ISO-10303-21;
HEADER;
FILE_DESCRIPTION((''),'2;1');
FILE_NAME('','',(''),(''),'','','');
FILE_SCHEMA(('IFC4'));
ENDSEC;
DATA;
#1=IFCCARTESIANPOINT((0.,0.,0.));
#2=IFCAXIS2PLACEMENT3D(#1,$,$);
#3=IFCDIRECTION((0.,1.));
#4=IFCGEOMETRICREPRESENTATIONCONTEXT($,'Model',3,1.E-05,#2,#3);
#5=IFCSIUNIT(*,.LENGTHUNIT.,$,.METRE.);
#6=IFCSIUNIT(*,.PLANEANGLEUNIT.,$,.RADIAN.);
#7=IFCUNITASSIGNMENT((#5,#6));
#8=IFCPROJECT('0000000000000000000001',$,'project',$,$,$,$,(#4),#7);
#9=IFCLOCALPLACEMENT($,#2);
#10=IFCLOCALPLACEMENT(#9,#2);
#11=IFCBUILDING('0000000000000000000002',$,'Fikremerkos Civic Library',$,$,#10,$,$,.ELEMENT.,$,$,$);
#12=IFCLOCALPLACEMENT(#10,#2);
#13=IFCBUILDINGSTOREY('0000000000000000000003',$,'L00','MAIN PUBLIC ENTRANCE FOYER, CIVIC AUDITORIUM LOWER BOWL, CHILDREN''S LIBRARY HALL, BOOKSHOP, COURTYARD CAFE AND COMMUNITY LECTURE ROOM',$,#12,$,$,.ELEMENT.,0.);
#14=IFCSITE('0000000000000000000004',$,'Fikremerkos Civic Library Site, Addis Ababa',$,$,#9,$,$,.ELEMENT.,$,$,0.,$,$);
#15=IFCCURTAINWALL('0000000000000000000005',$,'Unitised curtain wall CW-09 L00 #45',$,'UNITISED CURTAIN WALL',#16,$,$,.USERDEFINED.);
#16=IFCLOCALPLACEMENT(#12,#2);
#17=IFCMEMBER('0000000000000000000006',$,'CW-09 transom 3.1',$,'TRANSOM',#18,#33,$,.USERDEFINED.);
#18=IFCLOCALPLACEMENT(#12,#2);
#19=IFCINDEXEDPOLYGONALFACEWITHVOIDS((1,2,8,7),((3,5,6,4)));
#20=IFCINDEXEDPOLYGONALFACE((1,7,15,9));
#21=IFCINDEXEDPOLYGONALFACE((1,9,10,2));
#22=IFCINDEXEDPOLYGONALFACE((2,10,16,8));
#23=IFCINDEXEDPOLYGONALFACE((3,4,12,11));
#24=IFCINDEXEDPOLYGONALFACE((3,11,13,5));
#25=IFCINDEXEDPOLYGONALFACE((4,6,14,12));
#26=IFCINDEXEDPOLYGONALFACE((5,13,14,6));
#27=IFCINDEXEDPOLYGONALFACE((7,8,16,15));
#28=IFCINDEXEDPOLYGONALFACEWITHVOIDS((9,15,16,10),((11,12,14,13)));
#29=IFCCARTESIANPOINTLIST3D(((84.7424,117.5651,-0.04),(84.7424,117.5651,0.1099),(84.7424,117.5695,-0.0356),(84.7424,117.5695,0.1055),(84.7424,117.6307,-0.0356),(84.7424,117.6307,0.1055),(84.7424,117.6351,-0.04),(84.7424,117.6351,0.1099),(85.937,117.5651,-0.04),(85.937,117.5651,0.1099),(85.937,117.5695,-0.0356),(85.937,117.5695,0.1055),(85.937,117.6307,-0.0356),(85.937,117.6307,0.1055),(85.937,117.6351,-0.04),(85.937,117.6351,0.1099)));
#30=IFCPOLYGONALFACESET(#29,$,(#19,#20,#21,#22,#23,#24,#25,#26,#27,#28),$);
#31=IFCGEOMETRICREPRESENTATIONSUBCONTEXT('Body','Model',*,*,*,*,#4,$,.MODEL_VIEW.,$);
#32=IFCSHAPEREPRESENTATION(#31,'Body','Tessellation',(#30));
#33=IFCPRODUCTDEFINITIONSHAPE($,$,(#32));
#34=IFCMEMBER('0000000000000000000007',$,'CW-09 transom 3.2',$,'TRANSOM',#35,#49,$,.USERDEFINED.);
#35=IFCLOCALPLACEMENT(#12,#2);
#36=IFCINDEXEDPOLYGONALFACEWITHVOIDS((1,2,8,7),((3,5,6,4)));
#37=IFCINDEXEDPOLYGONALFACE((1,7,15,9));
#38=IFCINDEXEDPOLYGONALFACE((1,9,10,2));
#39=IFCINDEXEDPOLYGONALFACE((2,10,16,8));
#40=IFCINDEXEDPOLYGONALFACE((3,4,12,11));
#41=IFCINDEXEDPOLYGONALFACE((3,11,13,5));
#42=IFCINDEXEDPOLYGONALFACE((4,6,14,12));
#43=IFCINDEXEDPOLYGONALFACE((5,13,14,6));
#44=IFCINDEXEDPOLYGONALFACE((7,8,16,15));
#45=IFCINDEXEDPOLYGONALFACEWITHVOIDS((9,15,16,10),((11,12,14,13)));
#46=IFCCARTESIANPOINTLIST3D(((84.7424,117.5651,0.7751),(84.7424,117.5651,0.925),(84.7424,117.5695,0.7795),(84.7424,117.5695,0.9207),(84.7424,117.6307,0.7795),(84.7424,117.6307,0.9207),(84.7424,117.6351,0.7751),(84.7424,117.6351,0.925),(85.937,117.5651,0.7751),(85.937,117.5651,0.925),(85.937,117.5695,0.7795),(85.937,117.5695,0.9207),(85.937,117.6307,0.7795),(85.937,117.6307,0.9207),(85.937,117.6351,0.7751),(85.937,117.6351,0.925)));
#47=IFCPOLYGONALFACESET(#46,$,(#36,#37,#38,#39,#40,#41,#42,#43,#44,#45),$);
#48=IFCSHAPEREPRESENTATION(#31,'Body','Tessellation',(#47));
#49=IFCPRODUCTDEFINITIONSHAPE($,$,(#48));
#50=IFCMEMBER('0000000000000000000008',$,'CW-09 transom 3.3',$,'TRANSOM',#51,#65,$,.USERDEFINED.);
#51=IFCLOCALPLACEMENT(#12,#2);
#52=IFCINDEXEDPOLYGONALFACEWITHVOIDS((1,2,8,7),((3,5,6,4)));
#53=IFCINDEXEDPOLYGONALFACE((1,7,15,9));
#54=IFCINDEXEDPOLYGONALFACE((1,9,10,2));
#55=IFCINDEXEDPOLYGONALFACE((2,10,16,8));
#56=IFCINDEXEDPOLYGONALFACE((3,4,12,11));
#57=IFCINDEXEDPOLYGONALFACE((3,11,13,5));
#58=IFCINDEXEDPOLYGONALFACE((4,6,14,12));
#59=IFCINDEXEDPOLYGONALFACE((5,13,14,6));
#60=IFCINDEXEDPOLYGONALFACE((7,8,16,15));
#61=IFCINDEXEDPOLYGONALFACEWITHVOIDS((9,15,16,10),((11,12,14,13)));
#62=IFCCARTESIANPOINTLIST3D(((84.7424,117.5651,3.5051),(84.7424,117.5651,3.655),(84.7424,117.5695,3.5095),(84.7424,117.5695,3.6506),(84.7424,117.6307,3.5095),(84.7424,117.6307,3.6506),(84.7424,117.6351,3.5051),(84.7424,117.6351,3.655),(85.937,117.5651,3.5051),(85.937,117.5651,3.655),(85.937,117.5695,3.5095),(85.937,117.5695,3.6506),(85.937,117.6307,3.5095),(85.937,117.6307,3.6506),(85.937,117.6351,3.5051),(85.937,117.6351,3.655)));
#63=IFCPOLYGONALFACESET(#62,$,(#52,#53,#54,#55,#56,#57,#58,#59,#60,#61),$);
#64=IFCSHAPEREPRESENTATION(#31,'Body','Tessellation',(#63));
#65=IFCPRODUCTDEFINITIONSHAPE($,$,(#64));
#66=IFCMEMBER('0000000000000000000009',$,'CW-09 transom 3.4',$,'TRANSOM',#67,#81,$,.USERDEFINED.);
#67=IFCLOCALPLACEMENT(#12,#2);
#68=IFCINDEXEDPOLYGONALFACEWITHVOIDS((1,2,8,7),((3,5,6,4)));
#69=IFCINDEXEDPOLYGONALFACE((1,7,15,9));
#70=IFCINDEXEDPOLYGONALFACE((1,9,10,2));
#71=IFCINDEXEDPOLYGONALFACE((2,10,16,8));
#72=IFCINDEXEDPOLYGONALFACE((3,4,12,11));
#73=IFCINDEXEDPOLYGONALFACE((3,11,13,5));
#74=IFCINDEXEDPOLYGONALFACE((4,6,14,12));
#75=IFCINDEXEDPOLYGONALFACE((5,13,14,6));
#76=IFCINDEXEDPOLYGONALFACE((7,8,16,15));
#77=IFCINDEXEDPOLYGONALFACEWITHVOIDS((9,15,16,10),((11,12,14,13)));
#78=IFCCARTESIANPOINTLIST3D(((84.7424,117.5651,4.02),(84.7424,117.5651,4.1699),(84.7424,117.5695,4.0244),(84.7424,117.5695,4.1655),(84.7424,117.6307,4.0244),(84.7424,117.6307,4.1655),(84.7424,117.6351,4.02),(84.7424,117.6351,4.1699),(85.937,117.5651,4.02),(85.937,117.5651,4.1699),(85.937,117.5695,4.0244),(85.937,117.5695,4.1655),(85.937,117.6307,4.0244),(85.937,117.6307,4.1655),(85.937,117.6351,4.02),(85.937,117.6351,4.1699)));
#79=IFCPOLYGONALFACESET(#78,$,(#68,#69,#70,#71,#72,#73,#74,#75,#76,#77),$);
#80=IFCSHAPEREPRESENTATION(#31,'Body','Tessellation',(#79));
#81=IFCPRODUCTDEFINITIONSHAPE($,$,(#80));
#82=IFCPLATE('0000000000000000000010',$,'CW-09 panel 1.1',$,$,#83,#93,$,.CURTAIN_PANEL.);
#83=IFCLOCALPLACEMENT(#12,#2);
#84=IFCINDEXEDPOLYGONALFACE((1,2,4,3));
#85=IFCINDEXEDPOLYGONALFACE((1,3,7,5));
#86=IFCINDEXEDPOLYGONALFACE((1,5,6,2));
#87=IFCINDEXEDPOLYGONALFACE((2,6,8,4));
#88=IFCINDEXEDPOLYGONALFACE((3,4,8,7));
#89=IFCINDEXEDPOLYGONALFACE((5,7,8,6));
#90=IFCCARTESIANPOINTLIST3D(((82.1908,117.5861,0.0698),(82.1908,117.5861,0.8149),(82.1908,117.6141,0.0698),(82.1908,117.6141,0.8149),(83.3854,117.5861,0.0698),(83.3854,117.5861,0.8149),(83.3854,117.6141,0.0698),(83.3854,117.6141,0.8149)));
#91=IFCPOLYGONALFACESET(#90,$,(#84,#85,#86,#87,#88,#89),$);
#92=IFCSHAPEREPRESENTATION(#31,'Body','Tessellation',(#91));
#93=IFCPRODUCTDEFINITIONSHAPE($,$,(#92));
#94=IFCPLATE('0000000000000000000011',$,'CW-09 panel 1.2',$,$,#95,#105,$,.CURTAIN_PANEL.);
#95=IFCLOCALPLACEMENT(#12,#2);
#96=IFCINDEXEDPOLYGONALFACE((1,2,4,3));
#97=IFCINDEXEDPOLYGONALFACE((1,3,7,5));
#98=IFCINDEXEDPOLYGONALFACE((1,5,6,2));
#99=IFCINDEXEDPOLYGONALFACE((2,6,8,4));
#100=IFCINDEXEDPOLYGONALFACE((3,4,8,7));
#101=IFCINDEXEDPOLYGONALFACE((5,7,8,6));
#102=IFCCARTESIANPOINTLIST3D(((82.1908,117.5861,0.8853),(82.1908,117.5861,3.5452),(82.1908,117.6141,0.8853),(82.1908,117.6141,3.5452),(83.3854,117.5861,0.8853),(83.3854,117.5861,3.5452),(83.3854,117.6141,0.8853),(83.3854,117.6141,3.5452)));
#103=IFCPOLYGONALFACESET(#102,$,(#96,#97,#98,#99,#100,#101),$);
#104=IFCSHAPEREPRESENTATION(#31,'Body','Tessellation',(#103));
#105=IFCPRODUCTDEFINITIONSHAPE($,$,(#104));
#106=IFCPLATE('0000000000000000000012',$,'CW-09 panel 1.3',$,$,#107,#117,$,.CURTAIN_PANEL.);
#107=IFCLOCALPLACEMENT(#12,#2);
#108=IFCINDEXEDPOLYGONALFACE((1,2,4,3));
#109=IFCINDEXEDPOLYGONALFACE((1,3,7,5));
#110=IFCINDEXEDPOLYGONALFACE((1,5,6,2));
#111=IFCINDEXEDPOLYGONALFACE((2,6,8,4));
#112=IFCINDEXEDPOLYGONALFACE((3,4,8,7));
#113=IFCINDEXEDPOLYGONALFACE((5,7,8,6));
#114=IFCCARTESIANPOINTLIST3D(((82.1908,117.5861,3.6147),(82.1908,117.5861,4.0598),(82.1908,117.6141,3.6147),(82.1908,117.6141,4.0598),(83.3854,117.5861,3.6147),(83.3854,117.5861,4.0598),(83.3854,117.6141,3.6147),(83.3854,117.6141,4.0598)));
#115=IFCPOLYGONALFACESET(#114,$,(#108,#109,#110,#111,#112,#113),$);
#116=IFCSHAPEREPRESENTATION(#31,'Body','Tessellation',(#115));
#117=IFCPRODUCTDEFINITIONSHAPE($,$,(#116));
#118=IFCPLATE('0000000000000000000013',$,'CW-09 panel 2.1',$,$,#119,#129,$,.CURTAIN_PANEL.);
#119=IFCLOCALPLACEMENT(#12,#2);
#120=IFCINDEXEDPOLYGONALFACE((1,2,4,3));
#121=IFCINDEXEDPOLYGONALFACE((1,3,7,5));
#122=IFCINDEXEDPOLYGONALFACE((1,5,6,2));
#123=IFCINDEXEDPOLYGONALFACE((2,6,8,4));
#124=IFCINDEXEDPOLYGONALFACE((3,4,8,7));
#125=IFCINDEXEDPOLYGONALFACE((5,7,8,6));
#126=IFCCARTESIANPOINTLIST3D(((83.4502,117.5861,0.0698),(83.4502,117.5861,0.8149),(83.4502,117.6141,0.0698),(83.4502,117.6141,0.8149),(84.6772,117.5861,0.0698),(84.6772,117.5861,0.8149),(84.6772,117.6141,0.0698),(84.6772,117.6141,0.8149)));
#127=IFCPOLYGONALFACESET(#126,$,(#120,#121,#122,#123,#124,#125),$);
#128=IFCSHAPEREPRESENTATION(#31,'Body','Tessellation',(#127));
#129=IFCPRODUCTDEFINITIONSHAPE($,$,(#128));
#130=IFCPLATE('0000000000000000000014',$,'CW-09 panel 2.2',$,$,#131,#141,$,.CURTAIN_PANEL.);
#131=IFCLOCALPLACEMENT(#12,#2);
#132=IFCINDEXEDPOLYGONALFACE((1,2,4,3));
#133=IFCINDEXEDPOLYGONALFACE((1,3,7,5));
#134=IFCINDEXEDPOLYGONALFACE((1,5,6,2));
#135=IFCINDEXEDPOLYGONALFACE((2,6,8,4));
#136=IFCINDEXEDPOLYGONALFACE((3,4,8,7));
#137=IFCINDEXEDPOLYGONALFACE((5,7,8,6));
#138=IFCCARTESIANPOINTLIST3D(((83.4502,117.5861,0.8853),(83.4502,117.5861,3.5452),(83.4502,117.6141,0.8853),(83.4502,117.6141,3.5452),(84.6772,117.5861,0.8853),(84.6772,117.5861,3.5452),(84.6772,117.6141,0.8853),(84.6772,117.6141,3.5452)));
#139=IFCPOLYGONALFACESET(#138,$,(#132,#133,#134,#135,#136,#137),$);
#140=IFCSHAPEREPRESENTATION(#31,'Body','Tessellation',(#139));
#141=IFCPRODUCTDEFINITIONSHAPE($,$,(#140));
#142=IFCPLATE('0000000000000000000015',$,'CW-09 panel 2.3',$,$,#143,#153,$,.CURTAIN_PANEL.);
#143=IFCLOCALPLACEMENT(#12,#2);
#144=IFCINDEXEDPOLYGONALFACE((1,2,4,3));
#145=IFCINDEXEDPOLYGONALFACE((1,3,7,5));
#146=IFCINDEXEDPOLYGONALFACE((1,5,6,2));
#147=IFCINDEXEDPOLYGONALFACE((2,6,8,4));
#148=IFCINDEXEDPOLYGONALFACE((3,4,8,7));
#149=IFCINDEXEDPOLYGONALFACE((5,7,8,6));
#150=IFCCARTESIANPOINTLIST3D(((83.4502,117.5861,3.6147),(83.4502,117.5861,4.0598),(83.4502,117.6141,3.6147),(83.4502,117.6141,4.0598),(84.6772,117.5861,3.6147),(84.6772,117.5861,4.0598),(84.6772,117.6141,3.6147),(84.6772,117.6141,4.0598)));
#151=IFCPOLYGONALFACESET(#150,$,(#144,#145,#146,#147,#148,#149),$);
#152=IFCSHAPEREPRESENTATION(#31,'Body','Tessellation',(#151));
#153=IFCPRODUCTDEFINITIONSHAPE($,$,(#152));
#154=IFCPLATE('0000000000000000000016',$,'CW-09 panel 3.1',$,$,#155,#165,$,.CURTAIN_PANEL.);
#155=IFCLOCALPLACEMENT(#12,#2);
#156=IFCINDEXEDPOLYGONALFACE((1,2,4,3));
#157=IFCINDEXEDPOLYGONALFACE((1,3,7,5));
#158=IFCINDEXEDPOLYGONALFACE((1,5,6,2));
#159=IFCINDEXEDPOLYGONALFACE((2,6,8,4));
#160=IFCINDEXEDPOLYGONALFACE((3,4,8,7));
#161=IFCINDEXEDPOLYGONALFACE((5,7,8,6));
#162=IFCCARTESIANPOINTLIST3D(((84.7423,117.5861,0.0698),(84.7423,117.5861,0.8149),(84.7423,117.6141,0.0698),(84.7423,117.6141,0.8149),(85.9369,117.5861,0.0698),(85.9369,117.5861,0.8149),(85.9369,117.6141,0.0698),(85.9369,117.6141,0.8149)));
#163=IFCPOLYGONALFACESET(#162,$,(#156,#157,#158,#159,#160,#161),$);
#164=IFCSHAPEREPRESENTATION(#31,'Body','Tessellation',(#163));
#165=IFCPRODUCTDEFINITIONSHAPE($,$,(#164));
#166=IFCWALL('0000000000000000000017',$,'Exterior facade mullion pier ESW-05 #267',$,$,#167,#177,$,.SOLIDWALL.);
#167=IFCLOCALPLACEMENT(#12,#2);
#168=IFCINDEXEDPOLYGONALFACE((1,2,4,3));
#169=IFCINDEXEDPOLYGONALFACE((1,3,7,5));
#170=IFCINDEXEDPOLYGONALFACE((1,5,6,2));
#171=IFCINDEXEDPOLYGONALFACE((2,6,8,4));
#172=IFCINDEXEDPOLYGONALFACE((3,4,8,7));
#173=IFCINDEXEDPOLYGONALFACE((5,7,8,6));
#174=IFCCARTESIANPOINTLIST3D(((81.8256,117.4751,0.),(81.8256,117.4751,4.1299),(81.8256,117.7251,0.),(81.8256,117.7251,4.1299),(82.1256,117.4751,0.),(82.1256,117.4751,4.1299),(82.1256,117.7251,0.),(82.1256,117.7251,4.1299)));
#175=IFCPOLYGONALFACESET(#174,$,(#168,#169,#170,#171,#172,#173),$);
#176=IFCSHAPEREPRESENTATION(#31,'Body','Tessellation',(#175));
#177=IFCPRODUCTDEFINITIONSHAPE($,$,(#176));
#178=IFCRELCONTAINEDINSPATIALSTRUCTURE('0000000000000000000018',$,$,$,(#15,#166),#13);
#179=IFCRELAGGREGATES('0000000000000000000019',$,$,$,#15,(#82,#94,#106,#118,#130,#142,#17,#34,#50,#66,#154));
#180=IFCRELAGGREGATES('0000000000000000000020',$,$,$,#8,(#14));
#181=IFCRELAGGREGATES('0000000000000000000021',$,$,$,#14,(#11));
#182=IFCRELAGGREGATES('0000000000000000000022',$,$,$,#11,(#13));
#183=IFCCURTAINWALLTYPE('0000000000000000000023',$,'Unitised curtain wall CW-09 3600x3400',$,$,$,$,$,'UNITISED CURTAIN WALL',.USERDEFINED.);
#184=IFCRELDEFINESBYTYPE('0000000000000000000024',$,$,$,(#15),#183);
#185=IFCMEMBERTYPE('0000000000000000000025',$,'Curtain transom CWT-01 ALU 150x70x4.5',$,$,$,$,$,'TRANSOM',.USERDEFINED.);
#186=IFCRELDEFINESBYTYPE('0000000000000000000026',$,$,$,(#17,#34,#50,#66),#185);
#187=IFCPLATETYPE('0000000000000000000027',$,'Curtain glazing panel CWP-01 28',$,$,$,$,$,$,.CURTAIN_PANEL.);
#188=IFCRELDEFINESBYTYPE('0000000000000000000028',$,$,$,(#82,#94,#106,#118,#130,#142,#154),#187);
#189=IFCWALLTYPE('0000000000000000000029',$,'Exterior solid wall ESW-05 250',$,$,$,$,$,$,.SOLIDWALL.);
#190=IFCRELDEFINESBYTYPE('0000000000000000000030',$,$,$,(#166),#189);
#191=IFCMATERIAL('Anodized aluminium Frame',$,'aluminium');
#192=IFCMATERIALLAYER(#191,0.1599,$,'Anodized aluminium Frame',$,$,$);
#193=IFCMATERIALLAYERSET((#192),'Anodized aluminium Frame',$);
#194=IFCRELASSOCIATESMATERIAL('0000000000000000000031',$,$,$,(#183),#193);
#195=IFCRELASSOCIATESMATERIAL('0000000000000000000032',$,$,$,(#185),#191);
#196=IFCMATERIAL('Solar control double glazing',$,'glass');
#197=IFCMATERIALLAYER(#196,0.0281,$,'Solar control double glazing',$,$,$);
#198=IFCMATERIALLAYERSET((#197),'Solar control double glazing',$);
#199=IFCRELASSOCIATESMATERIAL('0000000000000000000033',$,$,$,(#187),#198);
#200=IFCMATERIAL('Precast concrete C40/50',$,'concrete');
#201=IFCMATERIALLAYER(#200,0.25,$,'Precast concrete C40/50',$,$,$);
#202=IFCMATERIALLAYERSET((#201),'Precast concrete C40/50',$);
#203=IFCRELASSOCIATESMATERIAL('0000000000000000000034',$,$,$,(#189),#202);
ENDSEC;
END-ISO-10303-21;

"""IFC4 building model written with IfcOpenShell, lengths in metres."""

from ifc_helpers import new_model, si_unit, direction, frame, frame_2d, origin, origin_2d, place, context, subcontext, project, spatial, rectangle, hollow_rectangle, extrude, material, layer, layer_set, material_profile, profile_set, type_object, element, aggregate, save


model = new_model("IFC4")

# Units and contexts
model_context = context("Model", 3, precision=1e-05, world=origin(), true_north=direction((0.0, 1.0)))
body_context = subcontext(model_context, "Body", "Model", "MODEL_VIEW")
ifc_project = project(units=[si_unit("LENGTHUNIT", "METRE"), si_unit("PLANEANGLEUNIT", "RADIAN")], contexts=[model_context])

# Site, building, storey
site_placement = place(None, origin())
site = spatial("IfcSite", under=ifc_project, at=site_placement, Name="Fikremerkos Civic Library Site, Addis Ababa", CompositionType="ELEMENT", RefElevation=0.0)
building_placement = place(site_placement, origin())
building = spatial("IfcBuilding", under=site, at=building_placement, Name="Fikremerkos Civic Library", CompositionType="ELEMENT")
storey_placement = place(building_placement, origin())
storey = spatial("IfcBuildingStorey", under=building, at=storey_placement, Name="L00", Description="MAIN PUBLIC ENTRANCE FOYER, CIVIC AUDITORIUM LOWER BOWL, CHILDREN'S LIBRARY HALL, BOOKSHOP, COURTYARD CAFE AND COMMUNITY LECTURE ROOM", CompositionType="ELEMENT", Elevation=0.0)

# Curtain wall, members, plates
ifc_material_1 = material(Name="Anodized aluminium Frame", Category="aluminium")
ifc_layer_1 = layer(ifc_material_1, 0.1599, Name="Anodized aluminium Frame")
ifc_layer_set_1 = layer_set([ifc_layer_1], Name="Anodized aluminium Frame")
curtain_wall_type = type_object("IfcCurtainWallType", Name="Unitised curtain wall CW-09 3600x3400", ElementType="UNITISED CURTAIN WALL", PredefinedType="USERDEFINED", material=ifc_layer_set_1)
curtain_wall_placement = place(storey_placement, origin())
curtain_wall = element("IfcCurtainWall", 1, at=curtain_wall_placement, inside=storey, type_object=curtain_wall_type, Name="Unitised curtain wall CW-09 L00 #45", ObjectType="UNITISED CURTAIN WALL", PredefinedType="USERDEFINED")
ifc_material_profile_1 = material_profile(ifc_material_1, hollow_rectangle(XDim=0.0701, YDim=0.1499, WallThickness=0.0044, at=origin_2d()), Name="ALU 150x70x4.5")
ifc_profile_set_1 = profile_set([ifc_material_profile_1], Name="Anodized aluminium Frame")
member_type_1 = type_object("IfcMemberType", Name="Curtain transom CWT-01 ALU 150x70x4.5", ElementType="TRANSOM", PredefinedType="USERDEFINED", material=ifc_profile_set_1)
member_1_placement = place(storey_placement, frame((84.7424, 117.6001, 0.0349), z_axis=(1.0, 0.0, 0.0), x_axis=(0.0, 1.0, 0.0)))
member_1 = element("IfcMember", 2, at=member_1_placement, type_object=member_type_1, Name="CW-09 transom 3.1", ObjectType="TRANSOM", PredefinedType="USERDEFINED", context=body_context, shape_type="SweptSolid", body=[
    extrude(hollow_rectangle(XDim=0.0701, YDim=0.1499, WallThickness=0.0044, at=origin_2d()), origin(), (0.0, 0.0, 1.0), 1.1946),
])
member_2_placement = place(storey_placement, frame((84.7424, 117.6001, 0.8501), z_axis=(1.0, 0.0, 0.0), x_axis=(0.0, 1.0, 0.0)))
member_2 = element("IfcMember", 3, at=member_2_placement, type_object=member_type_1, Name="CW-09 transom 3.2", ObjectType="TRANSOM", PredefinedType="USERDEFINED", context=body_context, shape_type="SweptSolid", body=[
    extrude(hollow_rectangle(XDim=0.0701, YDim=0.1499, WallThickness=0.0044, at=origin_2d()), origin(), (0.0, 0.0, 1.0), 1.1946),
])
member_3_placement = place(storey_placement, frame((84.7424, 117.6001, 3.5801), z_axis=(1.0, 0.0, 0.0), x_axis=(0.0, 1.0, 0.0)))
member_3 = element("IfcMember", 4, at=member_3_placement, type_object=member_type_1, Name="CW-09 transom 3.3", ObjectType="TRANSOM", PredefinedType="USERDEFINED", context=body_context, shape_type="SweptSolid", body=[
    extrude(hollow_rectangle(XDim=0.0701, YDim=0.1499, WallThickness=0.0044, at=origin_2d()), origin(), (0.0, 0.0, 1.0), 1.1946),
])
member_4_placement = place(storey_placement, frame((84.7424, 117.6001, 4.095), z_axis=(1.0, 0.0, 0.0), x_axis=(0.0, 1.0, 0.0)))
member_4 = element("IfcMember", 5, at=member_4_placement, type_object=member_type_1, Name="CW-09 transom 3.4", ObjectType="TRANSOM", PredefinedType="USERDEFINED", context=body_context, shape_type="SweptSolid", body=[
    extrude(hollow_rectangle(XDim=0.0701, YDim=0.1499, WallThickness=0.0044, at=origin_2d()), origin(), (0.0, 0.0, 1.0), 1.1946),
])
ifc_material_2 = material(Name="Solar control double glazing", Category="glass")
ifc_layer_2 = layer(ifc_material_2, 0.0281, Name="Solar control double glazing")
ifc_layer_set_2 = layer_set([ifc_layer_2], Name="Solar control double glazing")
plate_type = type_object("IfcPlateType", Name="Curtain glazing panel CWP-01 28", PredefinedType="CURTAIN_PANEL", material=ifc_layer_set_2)
plate_1_placement = place(storey_placement, frame((82.7881, 117.6001, 0.0698), z_axis=(0.0, 0.0, 1.0), x_axis=(1.0, 0.0, 0.0)))
plate_1 = element("IfcPlate", 6, at=plate_1_placement, type_object=plate_type, Name="CW-09 panel 1.1", PredefinedType="CURTAIN_PANEL", context=body_context, shape_type="SweptSolid", body=[
    extrude(rectangle(XDim=1.1946, YDim=0.0281, at=origin_2d()), origin(), (0.0, 0.0, 1.0), 0.7451),
])
plate_2_placement = place(storey_placement, frame((82.7881, 117.6001, 0.8853), z_axis=(0.0, 0.0, 1.0), x_axis=(1.0, 0.0, 0.0)))
plate_2 = element("IfcPlate", 7, at=plate_2_placement, type_object=plate_type, Name="CW-09 panel 1.2", PredefinedType="CURTAIN_PANEL", context=body_context, shape_type="SweptSolid", body=[
    extrude(rectangle(XDim=1.1946, YDim=0.0281, at=origin_2d()), origin(), (0.0, 0.0, 1.0), 2.6599),
])
plate_3_placement = place(storey_placement, frame((82.7881, 117.6001, 3.6147), z_axis=(0.0, 0.0, 1.0), x_axis=(1.0, 0.0, 0.0)))
plate_3 = element("IfcPlate", 8, at=plate_3_placement, type_object=plate_type, Name="CW-09 panel 1.3", PredefinedType="CURTAIN_PANEL", context=body_context, shape_type="SweptSolid", body=[
    extrude(rectangle(XDim=1.1946, YDim=0.0281, at=origin_2d()), origin(), (0.0, 0.0, 1.0), 0.4451),
])
plate_4_placement = place(storey_placement, frame((84.0637, 117.6001, 0.0698), z_axis=(0.0, 0.0, 1.0), x_axis=(1.0, 0.0, 0.0)))
plate_4 = element("IfcPlate", 9, at=plate_4_placement, type_object=plate_type, Name="CW-09 panel 2.1", PredefinedType="CURTAIN_PANEL", context=body_context, shape_type="SweptSolid", body=[
    extrude(rectangle(XDim=1.2271, YDim=0.0281, at=origin_2d()), origin(), (0.0, 0.0, 1.0), 0.7451),
])
plate_5_placement = place(storey_placement, frame((84.0637, 117.6001, 0.8853), z_axis=(0.0, 0.0, 1.0), x_axis=(1.0, 0.0, 0.0)))
plate_5 = element("IfcPlate", 10, at=plate_5_placement, type_object=plate_type, Name="CW-09 panel 2.2", PredefinedType="CURTAIN_PANEL", context=body_context, shape_type="SweptSolid", body=[
    extrude(rectangle(XDim=1.2271, YDim=0.0281, at=origin_2d()), origin(), (0.0, 0.0, 1.0), 2.6599),
])
plate_6_placement = place(storey_placement, frame((84.0637, 117.6001, 3.6147), z_axis=(0.0, 0.0, 1.0), x_axis=(1.0, 0.0, 0.0)))
plate_6 = element("IfcPlate", 11, at=plate_6_placement, type_object=plate_type, Name="CW-09 panel 2.3", PredefinedType="CURTAIN_PANEL", context=body_context, shape_type="SweptSolid", body=[
    extrude(rectangle(XDim=1.2271, YDim=0.0281, at=origin_2d()), origin(), (0.0, 0.0, 1.0), 0.4451),
])
plate_7_placement = place(storey_placement, frame((85.3396, 117.6001, 0.0698), z_axis=(0.0, 0.0, 1.0), x_axis=(1.0, 0.0, 0.0)))
plate_7 = element("IfcPlate", 12, at=plate_7_placement, type_object=plate_type, Name="CW-09 panel 3.1", PredefinedType="CURTAIN_PANEL", context=body_context, shape_type="SweptSolid", body=[
    extrude(rectangle(XDim=1.1946, YDim=0.0281, at=origin_2d()), origin(), (0.0, 0.0, 1.0), 0.7451),
])
aggregate(curtain_wall, [plate_1, plate_2, plate_3, plate_4, plate_5, plate_6, member_1, member_2, member_3, member_4, plate_7])

# Wall
ifc_material_3 = material(Name="Precast concrete C40/50", Category="concrete")
ifc_layer_3 = layer(ifc_material_3, 0.25, Name="Precast concrete C40/50")
ifc_layer_set_3 = layer_set([ifc_layer_3], Name="Precast concrete C40/50")
wall_type = type_object("IfcWallType", Name="Exterior solid wall ESW-05 250", PredefinedType="SOLIDWALL", material=ifc_layer_set_3)
wall_placement = place(storey_placement, frame((81.8257, 117.6001, 0.0), z_axis=(0.0, 0.0, 1.0), x_axis=(1.0, 0.0, 0.0)))
element("IfcWall", 13, at=wall_placement, inside=storey, type_object=wall_type, Name="Exterior facade mullion pier ESW-05 #267", PredefinedType="SOLIDWALL", context=body_context, shape_type="SweptSolid", body=[
    extrude(rectangle(XDim=0.3, YDim=0.25, at=frame_2d((0.1499, 0.0))), origin(), (0.0, 0.0, 1.0), 4.1299),
])

save(model, "model.ifc")
